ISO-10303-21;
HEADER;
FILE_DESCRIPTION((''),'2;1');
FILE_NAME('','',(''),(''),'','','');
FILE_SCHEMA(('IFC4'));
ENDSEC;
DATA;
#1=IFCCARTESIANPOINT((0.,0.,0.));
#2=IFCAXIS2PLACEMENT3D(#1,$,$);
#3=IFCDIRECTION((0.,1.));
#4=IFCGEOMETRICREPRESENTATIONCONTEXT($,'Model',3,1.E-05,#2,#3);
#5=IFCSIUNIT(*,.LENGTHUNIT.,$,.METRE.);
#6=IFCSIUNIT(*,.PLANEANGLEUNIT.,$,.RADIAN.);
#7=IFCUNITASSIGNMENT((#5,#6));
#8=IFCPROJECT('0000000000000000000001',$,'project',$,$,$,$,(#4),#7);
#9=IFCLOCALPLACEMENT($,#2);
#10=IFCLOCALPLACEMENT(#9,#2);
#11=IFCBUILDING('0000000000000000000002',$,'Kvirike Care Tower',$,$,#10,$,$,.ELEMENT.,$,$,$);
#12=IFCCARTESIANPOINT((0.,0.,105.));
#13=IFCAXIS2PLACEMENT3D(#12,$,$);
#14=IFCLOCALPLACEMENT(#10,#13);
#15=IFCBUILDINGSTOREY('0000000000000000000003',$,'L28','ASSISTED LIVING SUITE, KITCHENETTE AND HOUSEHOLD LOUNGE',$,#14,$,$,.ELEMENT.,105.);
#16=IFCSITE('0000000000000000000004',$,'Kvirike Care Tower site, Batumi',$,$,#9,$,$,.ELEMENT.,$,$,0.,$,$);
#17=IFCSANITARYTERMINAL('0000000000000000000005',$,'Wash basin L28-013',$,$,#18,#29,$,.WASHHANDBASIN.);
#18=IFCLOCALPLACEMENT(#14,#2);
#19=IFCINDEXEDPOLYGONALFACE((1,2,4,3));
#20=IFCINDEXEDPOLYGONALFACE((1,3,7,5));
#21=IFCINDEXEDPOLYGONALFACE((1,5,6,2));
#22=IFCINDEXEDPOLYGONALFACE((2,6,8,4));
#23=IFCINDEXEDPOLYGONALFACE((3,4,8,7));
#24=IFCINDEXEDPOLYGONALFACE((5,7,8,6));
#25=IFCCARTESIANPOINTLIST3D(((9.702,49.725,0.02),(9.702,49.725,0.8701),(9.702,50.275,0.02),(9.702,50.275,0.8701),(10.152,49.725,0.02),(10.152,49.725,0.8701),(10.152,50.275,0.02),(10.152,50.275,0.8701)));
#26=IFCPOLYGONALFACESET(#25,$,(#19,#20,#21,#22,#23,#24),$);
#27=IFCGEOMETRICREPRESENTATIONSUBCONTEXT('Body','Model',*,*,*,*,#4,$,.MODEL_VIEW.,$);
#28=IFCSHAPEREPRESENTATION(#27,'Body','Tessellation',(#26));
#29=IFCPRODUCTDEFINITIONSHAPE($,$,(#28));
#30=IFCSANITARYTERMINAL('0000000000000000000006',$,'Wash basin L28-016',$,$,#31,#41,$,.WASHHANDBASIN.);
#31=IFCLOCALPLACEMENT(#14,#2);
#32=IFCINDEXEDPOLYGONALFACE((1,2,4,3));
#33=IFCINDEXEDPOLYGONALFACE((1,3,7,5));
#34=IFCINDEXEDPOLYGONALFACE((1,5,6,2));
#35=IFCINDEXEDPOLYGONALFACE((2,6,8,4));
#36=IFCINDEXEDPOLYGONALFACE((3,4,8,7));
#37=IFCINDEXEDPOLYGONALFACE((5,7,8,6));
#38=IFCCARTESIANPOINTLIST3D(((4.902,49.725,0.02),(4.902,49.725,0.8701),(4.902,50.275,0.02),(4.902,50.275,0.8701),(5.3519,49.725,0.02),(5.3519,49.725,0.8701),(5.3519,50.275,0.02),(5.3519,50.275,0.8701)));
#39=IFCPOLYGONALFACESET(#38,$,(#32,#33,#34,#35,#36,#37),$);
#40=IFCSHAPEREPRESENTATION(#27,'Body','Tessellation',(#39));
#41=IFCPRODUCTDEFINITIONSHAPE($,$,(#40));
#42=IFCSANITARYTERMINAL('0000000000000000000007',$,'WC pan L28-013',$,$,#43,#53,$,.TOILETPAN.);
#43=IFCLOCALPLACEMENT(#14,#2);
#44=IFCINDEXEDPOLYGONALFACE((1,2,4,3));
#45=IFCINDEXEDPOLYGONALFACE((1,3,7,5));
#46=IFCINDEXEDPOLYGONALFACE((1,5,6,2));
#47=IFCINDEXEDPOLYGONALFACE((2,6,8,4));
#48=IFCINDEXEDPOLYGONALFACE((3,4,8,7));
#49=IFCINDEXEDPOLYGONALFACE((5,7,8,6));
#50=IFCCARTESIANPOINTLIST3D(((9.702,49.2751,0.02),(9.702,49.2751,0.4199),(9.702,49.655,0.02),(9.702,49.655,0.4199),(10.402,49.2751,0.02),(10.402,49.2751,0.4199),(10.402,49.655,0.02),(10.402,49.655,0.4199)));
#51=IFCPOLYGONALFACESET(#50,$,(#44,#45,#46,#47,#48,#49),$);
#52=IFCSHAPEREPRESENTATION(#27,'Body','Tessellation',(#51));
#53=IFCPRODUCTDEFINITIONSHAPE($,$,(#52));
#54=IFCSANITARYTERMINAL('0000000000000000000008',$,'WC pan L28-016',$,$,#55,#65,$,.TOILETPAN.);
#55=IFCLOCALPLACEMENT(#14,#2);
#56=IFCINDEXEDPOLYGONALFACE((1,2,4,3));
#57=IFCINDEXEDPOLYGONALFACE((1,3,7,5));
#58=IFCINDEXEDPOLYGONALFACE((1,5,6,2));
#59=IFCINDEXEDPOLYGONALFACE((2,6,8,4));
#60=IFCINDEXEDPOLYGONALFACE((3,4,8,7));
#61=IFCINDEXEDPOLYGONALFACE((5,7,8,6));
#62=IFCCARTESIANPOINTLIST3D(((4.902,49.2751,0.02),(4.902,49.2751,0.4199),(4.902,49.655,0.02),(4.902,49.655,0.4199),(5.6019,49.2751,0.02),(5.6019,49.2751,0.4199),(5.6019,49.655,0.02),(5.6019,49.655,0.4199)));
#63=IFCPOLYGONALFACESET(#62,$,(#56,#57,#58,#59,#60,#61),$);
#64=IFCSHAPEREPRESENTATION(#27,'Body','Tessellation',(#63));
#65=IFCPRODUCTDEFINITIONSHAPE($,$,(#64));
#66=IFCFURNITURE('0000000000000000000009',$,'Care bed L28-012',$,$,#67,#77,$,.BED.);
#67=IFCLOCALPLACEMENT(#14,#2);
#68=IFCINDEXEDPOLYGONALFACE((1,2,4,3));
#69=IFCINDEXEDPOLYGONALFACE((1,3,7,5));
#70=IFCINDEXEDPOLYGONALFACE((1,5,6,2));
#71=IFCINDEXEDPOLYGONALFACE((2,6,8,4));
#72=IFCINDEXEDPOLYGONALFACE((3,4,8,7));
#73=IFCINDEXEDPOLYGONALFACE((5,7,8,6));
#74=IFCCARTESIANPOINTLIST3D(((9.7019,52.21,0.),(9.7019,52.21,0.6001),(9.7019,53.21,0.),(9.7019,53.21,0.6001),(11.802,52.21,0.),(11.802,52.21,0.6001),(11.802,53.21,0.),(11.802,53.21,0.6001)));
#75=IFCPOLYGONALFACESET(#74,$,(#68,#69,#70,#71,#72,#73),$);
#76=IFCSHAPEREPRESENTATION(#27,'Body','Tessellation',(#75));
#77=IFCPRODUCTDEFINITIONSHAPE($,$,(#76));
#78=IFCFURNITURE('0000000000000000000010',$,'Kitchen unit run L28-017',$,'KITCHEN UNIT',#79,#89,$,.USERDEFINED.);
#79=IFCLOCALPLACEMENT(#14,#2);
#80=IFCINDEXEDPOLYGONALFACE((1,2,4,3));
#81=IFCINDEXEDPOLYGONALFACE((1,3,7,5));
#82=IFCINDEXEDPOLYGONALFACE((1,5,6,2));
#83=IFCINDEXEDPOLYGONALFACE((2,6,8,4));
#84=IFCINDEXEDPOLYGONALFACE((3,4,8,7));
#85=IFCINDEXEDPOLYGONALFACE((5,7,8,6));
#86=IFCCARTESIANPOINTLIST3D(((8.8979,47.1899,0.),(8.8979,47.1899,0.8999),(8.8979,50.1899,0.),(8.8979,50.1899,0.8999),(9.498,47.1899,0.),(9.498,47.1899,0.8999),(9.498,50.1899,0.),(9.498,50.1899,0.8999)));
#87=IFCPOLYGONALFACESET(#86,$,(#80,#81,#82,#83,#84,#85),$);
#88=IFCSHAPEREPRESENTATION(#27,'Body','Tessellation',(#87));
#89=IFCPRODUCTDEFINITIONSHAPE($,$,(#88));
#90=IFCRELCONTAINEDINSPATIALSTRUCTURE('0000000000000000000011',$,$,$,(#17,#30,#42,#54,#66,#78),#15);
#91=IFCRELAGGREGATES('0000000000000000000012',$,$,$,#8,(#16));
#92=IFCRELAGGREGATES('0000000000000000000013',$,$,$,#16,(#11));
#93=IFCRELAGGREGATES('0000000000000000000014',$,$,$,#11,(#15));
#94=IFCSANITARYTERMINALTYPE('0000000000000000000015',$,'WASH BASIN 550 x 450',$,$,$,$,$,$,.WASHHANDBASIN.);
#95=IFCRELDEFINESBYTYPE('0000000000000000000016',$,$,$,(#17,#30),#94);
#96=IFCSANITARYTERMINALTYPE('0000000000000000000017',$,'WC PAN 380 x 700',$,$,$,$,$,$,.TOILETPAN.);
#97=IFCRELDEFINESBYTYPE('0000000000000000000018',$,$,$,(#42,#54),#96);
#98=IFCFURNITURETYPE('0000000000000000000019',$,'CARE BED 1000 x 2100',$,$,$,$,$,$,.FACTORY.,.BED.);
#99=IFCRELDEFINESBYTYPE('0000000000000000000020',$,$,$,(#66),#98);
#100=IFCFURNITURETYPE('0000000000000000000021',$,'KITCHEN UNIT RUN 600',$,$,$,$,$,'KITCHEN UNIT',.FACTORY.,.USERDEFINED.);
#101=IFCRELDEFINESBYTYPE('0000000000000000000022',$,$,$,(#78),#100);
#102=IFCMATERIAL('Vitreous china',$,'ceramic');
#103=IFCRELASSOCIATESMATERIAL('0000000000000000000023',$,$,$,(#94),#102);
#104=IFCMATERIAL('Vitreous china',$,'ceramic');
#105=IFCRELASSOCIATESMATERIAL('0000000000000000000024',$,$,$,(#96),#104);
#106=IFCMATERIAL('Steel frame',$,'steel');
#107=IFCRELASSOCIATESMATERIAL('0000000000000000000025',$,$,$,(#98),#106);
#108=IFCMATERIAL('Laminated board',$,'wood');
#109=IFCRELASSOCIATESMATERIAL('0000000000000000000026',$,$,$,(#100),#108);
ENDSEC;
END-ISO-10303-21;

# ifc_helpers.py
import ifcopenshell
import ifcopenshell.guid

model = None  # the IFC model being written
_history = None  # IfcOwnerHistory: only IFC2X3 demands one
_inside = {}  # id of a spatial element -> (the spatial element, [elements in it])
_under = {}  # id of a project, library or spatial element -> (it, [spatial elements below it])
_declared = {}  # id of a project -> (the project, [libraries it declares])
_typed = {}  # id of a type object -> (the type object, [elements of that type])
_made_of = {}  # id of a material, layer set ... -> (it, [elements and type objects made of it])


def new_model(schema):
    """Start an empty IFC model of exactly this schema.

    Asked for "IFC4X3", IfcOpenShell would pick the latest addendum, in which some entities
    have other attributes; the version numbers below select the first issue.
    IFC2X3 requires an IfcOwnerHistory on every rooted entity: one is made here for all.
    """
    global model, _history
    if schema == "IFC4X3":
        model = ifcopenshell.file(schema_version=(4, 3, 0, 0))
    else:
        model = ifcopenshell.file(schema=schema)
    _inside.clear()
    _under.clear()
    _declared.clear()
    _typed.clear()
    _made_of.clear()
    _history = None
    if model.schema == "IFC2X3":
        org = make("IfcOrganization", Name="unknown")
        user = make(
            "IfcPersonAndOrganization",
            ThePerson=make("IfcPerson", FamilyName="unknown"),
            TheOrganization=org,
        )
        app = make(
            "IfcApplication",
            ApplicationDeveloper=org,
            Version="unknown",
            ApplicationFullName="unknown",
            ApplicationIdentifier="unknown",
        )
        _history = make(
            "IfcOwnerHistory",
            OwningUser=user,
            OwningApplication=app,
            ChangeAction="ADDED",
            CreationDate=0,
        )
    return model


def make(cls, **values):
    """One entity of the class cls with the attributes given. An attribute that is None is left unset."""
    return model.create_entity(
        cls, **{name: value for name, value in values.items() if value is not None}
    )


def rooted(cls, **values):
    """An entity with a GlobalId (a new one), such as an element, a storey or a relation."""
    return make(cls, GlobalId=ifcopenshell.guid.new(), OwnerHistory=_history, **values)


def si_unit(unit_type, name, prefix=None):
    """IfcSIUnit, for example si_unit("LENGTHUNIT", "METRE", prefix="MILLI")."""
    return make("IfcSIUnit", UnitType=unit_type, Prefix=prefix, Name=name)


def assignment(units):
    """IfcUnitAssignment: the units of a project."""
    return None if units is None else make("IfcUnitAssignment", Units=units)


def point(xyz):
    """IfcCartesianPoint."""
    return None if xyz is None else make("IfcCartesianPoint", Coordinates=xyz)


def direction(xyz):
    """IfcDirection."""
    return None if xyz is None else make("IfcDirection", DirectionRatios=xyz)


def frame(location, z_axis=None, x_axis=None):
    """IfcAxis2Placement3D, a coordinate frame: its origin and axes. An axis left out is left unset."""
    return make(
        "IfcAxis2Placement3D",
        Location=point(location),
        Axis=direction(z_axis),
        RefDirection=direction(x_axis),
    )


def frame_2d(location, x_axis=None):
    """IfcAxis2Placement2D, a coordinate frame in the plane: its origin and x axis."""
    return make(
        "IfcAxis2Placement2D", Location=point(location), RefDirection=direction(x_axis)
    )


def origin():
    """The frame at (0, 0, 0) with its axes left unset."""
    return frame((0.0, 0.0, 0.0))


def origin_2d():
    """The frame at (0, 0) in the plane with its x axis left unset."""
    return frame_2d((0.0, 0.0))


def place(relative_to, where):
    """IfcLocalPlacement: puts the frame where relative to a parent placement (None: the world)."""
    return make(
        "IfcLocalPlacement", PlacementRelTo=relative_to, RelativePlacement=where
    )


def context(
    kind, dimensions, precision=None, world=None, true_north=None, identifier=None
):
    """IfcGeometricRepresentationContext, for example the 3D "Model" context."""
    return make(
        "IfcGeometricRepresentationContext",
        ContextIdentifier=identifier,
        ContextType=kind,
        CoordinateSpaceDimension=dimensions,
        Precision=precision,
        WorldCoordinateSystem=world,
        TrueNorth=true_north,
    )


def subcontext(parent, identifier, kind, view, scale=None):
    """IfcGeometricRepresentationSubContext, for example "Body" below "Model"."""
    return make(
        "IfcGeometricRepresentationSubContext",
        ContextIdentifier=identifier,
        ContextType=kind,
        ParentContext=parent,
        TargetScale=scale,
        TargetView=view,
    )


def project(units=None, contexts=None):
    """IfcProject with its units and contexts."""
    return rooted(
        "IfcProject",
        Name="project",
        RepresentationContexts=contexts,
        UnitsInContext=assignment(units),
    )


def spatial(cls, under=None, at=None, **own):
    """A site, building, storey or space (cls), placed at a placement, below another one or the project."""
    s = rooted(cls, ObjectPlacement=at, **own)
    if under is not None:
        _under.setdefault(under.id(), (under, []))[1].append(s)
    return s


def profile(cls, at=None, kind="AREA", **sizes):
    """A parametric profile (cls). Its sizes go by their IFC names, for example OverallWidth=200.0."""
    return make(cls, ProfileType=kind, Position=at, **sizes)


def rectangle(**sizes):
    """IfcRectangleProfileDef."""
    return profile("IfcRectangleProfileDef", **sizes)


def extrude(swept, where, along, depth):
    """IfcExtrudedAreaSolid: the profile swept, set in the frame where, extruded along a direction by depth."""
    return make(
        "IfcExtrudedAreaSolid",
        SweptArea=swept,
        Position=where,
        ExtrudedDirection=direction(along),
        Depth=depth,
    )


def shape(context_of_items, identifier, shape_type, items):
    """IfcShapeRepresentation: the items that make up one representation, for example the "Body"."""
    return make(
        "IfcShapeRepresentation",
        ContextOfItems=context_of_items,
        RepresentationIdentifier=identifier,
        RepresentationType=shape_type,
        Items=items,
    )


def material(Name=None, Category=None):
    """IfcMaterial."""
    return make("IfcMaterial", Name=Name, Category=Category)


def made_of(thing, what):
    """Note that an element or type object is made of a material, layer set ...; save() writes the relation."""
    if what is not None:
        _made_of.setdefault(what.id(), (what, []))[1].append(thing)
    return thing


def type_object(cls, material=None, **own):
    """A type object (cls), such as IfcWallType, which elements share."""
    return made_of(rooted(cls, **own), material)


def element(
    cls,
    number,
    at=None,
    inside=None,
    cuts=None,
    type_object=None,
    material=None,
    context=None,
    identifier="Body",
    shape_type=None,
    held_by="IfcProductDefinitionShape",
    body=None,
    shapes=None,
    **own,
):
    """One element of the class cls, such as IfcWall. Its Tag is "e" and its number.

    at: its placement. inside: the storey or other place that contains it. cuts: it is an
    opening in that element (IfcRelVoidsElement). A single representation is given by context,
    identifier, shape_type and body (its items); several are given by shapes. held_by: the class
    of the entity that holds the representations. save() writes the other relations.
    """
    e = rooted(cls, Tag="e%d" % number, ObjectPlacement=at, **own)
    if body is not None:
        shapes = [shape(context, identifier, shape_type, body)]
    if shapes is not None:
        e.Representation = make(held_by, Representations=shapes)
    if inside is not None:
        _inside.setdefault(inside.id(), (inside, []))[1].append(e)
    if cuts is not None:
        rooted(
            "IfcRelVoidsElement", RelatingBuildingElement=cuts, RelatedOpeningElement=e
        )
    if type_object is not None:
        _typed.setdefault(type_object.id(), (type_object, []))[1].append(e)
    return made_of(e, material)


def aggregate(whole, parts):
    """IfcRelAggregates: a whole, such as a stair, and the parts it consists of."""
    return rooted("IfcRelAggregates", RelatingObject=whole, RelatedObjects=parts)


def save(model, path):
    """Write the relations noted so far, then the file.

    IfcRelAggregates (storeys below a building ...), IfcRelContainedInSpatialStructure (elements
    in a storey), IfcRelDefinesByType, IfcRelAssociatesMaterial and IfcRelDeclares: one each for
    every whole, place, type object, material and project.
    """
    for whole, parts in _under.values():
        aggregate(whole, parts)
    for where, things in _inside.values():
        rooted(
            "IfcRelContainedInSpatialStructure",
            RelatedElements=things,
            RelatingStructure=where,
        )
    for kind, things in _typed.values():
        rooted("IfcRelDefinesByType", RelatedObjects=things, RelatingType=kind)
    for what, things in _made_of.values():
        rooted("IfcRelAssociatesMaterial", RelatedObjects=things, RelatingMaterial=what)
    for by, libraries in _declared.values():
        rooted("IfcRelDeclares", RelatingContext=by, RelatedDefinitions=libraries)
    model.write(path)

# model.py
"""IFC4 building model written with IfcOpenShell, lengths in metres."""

from ifc_helpers import new_model, si_unit, direction, frame, origin, origin_2d, place, context, subcontext, project, spatial, rectangle, extrude, material, type_object, element, save


model = new_model("IFC4")

# Units and contexts
model_context = context("Model", 3, precision=1e-05, world=origin(), true_north=direction((0.0, 1.0)))
body_context = subcontext(model_context, "Body", "Model", "MODEL_VIEW")
ifc_project = project(units=[si_unit("LENGTHUNIT", "METRE"), si_unit("PLANEANGLEUNIT", "RADIAN")], contexts=[model_context])

# Site, building, storey
site_placement = place(None, origin())
site = spatial("IfcSite", under=ifc_project, at=site_placement, Name="Kvirike Care Tower site, Batumi", CompositionType="ELEMENT", RefElevation=0.0)
building_placement = place(site_placement, origin())
building = spatial("IfcBuilding", under=site, at=building_placement, Name="Kvirike Care Tower", CompositionType="ELEMENT")
storey_placement = place(building_placement, frame((0.0, 0.0, 105.0)))
storey = spatial("IfcBuildingStorey", under=building, at=storey_placement, Name="L28", Description="ASSISTED LIVING SUITE, KITCHENETTE AND HOUSEHOLD LOUNGE", CompositionType="ELEMENT", Elevation=105.0)

# Sanitary terminals
ifc_material_1 = material(Name="Vitreous china", Category="ceramic")
sanitary_terminal_type_1 = type_object("IfcSanitaryTerminalType", Name="WASH BASIN 550 x 450", PredefinedType="WASHHANDBASIN", material=ifc_material_1)
for number, where, z_axis, x_axis, name in (
    (1, (9.927, 50.0, 0.02), (0.0, 0.0, 1.0), (0.0, 1.0, 0.0), "Wash basin L28-013"),
    (2, (5.127, 50.0, 0.02), (0.0, 0.0, 1.0), (0.0, 1.0, 0.0), "Wash basin L28-016"),
):
    element("IfcSanitaryTerminal", number, at=place(storey_placement, frame(where, z_axis=z_axis, x_axis=x_axis)), inside=storey, type_object=sanitary_terminal_type_1, Name=name, PredefinedType="WASHHANDBASIN", context=body_context, shape_type="SweptSolid", body=[
        extrude(rectangle(XDim=0.55, YDim=0.45, at=origin_2d()), origin(), (0.0, 0.0, 1.0), 0.8501),
    ])
ifc_material_2 = material(Name="Vitreous china", Category="ceramic")
sanitary_terminal_type_2 = type_object("IfcSanitaryTerminalType", Name="WC PAN 380 x 700", PredefinedType="TOILETPAN", material=ifc_material_2)
for number, where, z_axis, x_axis, name in (
    (3, (10.052, 49.4651, 0.02), (0.0, 0.0, 1.0), (0.0, 1.0, 0.0), "WC pan L28-013"),
    (4, (5.252, 49.4651, 0.02), (0.0, 0.0, 1.0), (0.0, 1.0, 0.0), "WC pan L28-016"),
):
    element("IfcSanitaryTerminal", number, at=place(storey_placement, frame(where, z_axis=z_axis, x_axis=x_axis)), inside=storey, type_object=sanitary_terminal_type_2, Name=name, PredefinedType="TOILETPAN", context=body_context, shape_type="SweptSolid", body=[
        extrude(rectangle(XDim=0.3799, YDim=0.7, at=origin_2d()), origin(), (0.0, 0.0, 1.0), 0.3999),
    ])

# Furniture
ifc_material_3 = material(Name="Steel frame", Category="steel")
furniture_type_1 = type_object("IfcFurnitureType", Name="CARE BED 1000 x 2100", AssemblyPlace="FACTORY", PredefinedType="BED", material=ifc_material_3)
furniture_1_placement = place(storey_placement, frame((10.752, 52.71, 0.0), z_axis=(0.0, 0.0, 1.0), x_axis=(0.0, 1.0, 0.0)))
element("IfcFurniture", 5, at=furniture_1_placement, inside=storey, type_object=furniture_type_1, Name="Care bed L28-012", PredefinedType="BED", context=body_context, shape_type="SweptSolid", body=[
    extrude(rectangle(XDim=1.0, YDim=2.1001, at=origin_2d()), origin(), (0.0, 0.0, 1.0), 0.6001),
])
ifc_material_4 = material(Name="Laminated board", Category="wood")
furniture_type_2 = type_object("IfcFurnitureType", Name="KITCHEN UNIT RUN 600", ElementType="KITCHEN UNIT", AssemblyPlace="FACTORY", PredefinedType="USERDEFINED", material=ifc_material_4)
furniture_2_placement = place(storey_placement, frame((9.198, 48.6899, 0.0), z_axis=(0.0, 0.0, 1.0), x_axis=(0.0, -1.0, 0.0)))
element("IfcFurniture", 6, at=furniture_2_placement, inside=storey, type_object=furniture_type_2, Name="Kitchen unit run L28-017", ObjectType="KITCHEN UNIT", PredefinedType="USERDEFINED", context=body_context, shape_type="SweptSolid", body=[
    extrude(rectangle(XDim=3.0, YDim=0.6001, at=origin_2d()), origin(), (0.0, 0.0, 1.0), 0.8999),
])

save(model, "model.ifc")
